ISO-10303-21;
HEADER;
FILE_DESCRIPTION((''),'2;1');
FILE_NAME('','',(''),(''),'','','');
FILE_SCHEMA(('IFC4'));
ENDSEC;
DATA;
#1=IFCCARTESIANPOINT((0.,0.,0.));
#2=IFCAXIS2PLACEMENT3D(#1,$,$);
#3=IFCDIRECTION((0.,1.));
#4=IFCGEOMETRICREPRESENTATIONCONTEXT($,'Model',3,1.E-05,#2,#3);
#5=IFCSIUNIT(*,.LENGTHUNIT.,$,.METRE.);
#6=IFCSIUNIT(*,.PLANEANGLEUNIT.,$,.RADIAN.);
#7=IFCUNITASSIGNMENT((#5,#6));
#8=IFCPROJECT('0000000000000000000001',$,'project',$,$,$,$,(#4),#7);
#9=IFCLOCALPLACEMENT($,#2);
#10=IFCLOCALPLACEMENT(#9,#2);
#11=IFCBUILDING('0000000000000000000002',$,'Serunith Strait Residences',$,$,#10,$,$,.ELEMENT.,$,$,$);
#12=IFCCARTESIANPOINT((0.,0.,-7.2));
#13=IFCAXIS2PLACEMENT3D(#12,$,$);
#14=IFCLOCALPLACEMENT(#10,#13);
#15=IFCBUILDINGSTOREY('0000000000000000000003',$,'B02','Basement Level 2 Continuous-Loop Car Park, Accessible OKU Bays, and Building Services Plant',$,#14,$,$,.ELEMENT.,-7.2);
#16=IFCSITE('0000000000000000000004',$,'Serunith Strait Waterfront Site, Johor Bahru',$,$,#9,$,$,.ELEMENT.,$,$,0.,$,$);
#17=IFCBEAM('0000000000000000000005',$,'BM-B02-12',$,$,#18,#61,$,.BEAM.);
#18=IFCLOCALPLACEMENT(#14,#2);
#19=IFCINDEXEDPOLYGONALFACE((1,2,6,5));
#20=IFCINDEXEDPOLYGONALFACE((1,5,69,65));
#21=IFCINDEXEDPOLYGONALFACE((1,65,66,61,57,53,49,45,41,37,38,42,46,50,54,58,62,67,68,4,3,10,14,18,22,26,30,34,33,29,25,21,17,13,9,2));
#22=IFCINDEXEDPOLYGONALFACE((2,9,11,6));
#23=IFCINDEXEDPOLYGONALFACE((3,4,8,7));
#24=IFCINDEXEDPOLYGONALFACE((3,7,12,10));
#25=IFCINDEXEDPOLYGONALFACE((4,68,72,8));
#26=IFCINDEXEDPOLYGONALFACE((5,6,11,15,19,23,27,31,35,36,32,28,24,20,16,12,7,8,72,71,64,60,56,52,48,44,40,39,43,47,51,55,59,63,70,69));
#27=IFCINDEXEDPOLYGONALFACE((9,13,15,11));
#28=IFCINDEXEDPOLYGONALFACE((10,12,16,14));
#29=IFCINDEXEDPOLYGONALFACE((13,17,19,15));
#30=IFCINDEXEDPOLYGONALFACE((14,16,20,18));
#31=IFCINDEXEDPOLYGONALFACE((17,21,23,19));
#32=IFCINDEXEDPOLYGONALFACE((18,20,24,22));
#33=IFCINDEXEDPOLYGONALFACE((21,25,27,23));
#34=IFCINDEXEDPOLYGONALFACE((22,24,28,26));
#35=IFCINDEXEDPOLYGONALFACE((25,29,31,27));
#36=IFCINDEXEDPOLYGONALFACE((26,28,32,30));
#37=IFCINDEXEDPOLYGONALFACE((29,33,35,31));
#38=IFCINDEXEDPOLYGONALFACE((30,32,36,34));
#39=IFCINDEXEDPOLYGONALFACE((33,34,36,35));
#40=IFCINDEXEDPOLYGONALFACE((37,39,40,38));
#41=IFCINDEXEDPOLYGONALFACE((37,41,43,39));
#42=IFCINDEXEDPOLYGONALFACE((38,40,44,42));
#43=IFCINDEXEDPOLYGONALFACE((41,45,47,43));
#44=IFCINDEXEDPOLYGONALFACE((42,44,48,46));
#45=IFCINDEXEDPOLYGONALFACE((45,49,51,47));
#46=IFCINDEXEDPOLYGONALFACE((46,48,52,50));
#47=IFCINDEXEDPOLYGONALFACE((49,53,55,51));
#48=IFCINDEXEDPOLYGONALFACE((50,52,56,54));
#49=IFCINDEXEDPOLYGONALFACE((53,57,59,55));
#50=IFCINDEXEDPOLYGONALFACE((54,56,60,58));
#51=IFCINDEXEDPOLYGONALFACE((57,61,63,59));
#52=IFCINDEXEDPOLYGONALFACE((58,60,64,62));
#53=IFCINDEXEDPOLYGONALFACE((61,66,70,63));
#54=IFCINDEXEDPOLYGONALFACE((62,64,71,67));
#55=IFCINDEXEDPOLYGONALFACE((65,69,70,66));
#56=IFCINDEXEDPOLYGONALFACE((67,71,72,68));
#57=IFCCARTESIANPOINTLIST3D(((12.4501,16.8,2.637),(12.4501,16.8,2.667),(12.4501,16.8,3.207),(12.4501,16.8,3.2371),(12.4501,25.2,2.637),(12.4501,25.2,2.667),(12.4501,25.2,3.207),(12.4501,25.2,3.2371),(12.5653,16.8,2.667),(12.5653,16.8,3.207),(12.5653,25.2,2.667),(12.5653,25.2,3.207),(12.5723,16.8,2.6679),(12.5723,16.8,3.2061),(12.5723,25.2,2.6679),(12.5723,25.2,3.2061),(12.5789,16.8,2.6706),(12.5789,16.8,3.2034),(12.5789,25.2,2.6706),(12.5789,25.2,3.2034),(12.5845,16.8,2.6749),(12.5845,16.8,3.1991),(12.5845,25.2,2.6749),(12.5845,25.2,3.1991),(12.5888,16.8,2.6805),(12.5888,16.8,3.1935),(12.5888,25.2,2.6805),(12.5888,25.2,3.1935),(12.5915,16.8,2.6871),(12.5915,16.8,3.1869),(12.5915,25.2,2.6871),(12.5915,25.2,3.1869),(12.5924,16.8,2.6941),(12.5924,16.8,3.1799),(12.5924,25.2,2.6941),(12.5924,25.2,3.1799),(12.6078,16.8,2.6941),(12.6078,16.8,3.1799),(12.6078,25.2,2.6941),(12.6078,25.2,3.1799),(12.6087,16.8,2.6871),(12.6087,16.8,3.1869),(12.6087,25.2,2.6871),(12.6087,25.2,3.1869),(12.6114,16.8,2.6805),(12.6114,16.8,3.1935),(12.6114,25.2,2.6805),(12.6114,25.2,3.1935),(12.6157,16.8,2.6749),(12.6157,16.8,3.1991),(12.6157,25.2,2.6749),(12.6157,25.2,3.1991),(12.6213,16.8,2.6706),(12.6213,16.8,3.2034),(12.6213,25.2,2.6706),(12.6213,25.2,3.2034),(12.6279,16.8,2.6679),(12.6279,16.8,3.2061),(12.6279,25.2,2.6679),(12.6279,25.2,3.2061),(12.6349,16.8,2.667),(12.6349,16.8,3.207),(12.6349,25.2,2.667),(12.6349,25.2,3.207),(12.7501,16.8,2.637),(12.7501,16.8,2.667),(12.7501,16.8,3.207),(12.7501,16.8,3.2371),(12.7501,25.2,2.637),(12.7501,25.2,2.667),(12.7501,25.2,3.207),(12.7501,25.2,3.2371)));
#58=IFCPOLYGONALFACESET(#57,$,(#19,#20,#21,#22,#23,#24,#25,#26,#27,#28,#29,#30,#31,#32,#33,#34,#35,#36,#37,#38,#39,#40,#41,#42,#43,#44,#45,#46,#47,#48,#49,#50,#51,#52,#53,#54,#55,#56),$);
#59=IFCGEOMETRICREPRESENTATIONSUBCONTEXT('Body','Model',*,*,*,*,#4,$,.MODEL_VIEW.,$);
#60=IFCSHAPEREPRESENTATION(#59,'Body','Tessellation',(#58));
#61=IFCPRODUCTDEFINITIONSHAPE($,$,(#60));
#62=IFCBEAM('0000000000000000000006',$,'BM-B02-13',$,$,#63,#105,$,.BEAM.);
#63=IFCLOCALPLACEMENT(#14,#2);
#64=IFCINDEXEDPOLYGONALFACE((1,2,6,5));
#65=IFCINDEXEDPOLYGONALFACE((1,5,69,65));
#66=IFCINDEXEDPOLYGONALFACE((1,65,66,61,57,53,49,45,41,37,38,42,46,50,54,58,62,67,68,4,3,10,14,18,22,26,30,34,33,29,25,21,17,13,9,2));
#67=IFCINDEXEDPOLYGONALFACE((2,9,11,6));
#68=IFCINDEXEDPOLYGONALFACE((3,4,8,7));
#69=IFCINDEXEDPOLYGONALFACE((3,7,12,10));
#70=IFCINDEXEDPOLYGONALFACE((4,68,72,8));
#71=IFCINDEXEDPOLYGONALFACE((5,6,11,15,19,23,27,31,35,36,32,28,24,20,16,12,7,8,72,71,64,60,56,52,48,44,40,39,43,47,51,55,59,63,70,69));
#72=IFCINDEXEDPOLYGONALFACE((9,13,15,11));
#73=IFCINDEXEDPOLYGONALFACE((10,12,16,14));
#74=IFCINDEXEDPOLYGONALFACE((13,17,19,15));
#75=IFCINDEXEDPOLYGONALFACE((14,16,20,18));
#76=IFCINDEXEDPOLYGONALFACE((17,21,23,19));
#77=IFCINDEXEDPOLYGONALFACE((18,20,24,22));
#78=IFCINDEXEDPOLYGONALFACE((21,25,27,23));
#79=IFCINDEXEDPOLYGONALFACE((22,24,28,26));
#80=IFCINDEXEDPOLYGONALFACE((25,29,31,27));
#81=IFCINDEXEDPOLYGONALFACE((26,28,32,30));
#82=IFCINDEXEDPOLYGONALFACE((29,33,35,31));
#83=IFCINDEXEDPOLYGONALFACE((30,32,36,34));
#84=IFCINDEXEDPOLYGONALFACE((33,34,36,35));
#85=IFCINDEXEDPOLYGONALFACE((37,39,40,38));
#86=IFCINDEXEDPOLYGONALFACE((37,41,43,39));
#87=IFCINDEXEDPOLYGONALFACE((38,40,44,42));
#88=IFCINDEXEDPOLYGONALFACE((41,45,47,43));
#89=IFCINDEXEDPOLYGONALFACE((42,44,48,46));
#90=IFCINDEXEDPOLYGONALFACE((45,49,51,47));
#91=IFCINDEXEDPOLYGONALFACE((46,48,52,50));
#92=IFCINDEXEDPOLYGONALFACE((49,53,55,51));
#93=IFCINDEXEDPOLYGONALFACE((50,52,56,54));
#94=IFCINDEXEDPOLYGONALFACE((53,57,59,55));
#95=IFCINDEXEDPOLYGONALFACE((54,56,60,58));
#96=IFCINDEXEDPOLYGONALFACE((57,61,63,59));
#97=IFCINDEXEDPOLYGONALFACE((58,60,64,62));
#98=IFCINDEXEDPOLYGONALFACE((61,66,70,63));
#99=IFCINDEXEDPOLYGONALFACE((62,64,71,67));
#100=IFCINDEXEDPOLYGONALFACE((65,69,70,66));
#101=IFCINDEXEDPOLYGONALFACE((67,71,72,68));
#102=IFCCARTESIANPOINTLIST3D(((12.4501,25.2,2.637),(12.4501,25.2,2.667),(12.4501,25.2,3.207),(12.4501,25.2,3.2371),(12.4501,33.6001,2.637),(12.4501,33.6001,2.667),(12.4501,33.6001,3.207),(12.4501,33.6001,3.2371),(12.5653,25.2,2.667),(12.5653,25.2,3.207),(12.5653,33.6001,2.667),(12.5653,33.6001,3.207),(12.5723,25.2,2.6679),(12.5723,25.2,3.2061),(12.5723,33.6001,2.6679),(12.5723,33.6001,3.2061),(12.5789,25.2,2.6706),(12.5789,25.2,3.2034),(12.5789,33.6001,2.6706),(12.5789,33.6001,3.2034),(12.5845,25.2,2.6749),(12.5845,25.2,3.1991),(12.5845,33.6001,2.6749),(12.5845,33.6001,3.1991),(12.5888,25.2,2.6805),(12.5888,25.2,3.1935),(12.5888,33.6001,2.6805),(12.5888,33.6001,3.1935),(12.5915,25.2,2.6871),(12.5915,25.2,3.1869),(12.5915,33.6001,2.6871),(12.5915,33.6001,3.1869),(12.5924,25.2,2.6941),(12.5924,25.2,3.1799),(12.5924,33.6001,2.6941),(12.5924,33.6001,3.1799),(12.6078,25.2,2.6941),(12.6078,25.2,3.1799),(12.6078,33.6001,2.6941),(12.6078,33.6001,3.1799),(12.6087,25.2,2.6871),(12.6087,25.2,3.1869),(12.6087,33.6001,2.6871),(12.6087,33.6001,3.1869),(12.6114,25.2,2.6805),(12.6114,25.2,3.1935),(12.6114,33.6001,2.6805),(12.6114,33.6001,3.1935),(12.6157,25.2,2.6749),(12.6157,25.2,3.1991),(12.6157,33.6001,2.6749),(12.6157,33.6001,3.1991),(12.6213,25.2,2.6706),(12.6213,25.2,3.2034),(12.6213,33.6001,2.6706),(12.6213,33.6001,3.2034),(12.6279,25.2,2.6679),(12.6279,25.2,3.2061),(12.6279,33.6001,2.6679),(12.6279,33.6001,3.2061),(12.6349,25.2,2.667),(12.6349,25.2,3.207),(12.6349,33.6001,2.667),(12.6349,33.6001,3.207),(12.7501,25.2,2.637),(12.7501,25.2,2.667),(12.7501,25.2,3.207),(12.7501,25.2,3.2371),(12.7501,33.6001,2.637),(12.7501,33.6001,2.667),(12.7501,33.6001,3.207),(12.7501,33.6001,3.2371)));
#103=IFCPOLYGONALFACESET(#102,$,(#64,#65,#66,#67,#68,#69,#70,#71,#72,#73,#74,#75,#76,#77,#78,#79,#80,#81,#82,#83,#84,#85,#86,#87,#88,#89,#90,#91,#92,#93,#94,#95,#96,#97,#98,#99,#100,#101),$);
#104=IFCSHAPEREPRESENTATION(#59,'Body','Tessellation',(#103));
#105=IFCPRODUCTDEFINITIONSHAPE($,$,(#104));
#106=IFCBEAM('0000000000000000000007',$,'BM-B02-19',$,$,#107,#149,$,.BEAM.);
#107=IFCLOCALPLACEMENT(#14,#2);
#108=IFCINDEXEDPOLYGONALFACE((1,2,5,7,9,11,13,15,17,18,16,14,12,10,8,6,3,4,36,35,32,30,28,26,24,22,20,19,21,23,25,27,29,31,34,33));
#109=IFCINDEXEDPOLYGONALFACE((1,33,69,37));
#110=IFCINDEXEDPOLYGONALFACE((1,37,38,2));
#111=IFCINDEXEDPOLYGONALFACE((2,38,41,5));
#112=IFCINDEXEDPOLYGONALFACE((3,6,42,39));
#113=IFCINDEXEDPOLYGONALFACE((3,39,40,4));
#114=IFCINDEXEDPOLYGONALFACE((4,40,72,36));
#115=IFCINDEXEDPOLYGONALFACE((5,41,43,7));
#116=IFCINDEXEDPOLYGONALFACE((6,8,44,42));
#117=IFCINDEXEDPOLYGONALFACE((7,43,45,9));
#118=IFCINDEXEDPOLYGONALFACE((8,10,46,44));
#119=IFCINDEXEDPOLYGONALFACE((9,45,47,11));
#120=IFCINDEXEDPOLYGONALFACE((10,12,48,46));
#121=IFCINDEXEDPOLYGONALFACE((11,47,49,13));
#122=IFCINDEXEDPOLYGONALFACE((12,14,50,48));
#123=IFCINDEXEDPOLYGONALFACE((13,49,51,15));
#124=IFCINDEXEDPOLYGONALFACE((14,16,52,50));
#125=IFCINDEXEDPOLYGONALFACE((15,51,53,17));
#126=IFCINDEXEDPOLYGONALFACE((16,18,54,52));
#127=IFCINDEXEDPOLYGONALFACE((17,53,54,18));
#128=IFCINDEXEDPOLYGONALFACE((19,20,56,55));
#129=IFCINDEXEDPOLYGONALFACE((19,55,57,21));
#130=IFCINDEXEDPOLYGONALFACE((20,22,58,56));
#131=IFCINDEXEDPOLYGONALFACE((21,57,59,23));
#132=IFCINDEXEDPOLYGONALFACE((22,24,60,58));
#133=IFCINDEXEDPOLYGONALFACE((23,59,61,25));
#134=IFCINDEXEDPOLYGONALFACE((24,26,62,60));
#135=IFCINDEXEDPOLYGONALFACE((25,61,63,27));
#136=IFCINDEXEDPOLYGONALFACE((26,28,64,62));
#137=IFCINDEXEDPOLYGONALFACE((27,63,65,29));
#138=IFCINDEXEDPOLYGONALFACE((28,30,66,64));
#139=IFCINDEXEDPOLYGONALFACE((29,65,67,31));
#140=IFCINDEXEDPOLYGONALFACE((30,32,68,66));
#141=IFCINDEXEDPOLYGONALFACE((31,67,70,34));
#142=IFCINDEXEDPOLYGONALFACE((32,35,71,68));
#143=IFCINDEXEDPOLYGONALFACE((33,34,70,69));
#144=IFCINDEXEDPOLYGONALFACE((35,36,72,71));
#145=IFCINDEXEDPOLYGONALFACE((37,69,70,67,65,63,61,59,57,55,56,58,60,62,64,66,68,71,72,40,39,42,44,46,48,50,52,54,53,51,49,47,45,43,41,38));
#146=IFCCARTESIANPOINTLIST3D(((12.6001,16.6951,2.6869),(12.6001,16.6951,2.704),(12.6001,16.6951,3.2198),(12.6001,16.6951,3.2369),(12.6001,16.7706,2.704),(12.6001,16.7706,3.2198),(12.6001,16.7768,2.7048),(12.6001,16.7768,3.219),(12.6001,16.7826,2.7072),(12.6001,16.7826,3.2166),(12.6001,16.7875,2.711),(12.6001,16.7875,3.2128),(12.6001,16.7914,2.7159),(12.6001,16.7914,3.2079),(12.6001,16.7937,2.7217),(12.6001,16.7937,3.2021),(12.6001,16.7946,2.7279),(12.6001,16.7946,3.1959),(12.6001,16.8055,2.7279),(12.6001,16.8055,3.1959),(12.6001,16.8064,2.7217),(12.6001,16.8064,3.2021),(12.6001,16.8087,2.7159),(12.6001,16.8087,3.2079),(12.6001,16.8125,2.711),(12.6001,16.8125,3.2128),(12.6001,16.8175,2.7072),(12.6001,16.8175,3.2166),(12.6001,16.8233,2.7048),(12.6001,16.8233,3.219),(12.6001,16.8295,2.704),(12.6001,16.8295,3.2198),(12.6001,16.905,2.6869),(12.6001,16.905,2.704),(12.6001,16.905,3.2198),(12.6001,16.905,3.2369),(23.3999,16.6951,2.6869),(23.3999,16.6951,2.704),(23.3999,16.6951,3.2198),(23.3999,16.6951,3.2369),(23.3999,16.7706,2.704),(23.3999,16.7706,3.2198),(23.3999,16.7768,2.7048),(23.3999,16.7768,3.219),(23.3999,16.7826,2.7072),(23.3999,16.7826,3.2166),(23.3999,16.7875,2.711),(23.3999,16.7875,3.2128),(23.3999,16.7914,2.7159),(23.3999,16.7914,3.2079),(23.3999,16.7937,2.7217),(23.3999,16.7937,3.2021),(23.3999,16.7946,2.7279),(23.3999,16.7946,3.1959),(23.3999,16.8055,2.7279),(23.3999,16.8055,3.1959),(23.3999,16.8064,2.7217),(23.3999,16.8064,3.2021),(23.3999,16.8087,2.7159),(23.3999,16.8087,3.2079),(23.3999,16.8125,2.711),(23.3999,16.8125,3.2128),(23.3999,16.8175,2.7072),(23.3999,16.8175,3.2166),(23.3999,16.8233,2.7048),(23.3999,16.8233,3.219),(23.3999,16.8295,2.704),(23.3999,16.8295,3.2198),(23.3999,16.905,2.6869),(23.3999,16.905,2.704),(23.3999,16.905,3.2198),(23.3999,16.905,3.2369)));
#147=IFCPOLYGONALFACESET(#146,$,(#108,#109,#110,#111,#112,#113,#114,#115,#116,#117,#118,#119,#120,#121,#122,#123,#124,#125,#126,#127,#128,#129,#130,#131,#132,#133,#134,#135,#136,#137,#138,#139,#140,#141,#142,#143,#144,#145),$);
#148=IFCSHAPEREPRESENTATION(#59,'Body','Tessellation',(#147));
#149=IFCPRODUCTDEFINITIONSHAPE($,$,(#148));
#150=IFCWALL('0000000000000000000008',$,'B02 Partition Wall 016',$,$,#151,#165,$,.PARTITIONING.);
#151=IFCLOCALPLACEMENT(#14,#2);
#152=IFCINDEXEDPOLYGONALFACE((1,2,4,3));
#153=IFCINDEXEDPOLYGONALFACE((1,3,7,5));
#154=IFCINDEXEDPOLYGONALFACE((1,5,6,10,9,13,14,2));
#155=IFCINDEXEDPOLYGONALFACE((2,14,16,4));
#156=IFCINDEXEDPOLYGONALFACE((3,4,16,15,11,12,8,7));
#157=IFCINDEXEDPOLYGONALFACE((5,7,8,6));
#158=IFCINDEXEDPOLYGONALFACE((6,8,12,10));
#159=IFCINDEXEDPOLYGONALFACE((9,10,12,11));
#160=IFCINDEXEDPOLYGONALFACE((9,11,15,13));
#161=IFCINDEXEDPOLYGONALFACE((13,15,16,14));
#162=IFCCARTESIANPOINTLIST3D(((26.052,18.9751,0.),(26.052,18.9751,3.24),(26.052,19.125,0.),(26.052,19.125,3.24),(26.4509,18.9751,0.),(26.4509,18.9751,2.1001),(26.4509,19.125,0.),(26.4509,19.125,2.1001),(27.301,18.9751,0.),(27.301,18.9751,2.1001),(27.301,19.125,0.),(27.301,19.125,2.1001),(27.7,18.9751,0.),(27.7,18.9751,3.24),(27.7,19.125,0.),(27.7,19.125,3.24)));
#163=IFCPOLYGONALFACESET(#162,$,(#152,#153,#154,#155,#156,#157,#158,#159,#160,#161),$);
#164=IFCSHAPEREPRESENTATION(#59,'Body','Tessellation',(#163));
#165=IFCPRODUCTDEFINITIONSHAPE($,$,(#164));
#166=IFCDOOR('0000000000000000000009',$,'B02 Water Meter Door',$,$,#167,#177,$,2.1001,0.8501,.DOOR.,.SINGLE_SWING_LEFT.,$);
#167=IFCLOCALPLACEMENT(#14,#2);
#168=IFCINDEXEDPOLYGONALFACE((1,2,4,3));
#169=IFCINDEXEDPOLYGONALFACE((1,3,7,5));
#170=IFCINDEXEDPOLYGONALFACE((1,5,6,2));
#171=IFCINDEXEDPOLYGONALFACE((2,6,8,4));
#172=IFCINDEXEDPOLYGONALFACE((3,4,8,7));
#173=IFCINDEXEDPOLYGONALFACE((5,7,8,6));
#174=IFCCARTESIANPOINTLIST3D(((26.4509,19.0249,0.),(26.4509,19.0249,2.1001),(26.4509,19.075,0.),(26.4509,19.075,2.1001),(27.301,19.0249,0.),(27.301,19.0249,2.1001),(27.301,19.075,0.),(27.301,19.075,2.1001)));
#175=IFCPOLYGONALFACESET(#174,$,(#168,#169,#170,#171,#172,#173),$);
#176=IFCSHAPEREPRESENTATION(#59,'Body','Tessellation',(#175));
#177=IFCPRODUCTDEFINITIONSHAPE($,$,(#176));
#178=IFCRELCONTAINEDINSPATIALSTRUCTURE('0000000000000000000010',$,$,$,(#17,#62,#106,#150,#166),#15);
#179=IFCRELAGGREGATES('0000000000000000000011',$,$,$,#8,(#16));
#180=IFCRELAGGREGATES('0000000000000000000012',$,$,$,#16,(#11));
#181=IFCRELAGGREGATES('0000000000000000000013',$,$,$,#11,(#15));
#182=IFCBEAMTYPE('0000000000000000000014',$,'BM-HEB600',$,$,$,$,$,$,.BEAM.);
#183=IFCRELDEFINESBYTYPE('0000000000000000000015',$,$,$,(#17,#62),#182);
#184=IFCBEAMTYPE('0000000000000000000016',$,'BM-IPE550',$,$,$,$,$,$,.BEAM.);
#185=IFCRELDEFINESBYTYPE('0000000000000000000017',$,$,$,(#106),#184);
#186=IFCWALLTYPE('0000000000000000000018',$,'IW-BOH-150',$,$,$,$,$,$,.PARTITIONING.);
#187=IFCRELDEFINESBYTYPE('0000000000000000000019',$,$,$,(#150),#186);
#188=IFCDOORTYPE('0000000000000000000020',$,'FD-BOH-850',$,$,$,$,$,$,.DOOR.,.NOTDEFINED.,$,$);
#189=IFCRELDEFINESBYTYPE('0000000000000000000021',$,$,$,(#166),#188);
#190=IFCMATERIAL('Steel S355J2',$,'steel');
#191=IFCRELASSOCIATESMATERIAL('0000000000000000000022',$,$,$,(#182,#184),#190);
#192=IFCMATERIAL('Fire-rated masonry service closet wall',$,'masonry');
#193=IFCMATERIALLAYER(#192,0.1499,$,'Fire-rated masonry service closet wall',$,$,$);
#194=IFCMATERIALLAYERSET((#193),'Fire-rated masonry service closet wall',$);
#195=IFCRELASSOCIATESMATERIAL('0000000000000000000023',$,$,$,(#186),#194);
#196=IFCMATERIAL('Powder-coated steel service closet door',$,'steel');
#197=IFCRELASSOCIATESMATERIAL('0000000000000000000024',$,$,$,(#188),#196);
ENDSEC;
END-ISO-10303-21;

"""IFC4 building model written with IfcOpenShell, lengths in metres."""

from ifc_helpers import new_model, si_unit, direction, frame, frame_2d, origin, origin_2d, place, context, subcontext, project, spatial, rectangle, i_section, extrude, source, transform, mapped, material, layer, layer_set, material_profile, profile_set, type_object, element, fill, save


model = new_model("IFC4")

# Units and contexts
model_context = context("Model", 3, precision=1e-05, world=origin(), true_north=direction((0.0, 1.0)))
body_context = subcontext(model_context, "Body", "Model", "MODEL_VIEW")
ifc_project = project(units=[si_unit("LENGTHUNIT", "METRE"), si_unit("PLANEANGLEUNIT", "RADIAN")], contexts=[model_context])

# Site, building, storey
site_placement = place(None, origin())
site = spatial("IfcSite", under=ifc_project, at=site_placement, Name="Serunith Strait Waterfront Site, Johor Bahru", CompositionType="ELEMENT", RefElevation=0.0)
building_placement = place(site_placement, origin())
building = spatial("IfcBuilding", under=site, at=building_placement, Name="Serunith Strait Residences", CompositionType="ELEMENT")
storey_placement = place(building_placement, frame((0.0, 0.0, -7.2)))
storey = spatial("IfcBuildingStorey", under=building, at=storey_placement, Name="B02", Description="Basement Level 2 Continuous-Loop Car Park, Accessible OKU Bays, and Building Services Plant", CompositionType="ELEMENT", Elevation=-7.2)

# Beams
ifc_material_1 = material(Name="Steel S355J2", Category="steel")
ifc_material_profile_1 = material_profile(ifc_material_1, i_section(OverallWidth=0.3, OverallDepth=0.6001, WebThickness=0.0154, FlangeThickness=0.03, FilletRadius=0.0271, at=origin_2d()), Name="HEB 600")
ifc_profile_set_1 = profile_set([ifc_material_profile_1], Name="Steel S355J2")
beam_type_1 = type_object("IfcBeamType", Name="BM-HEB600", PredefinedType="BEAM", material=ifc_profile_set_1)
shared_shape_1 = source(origin(), body_context, "Body", "SweptSolid", [
    extrude(i_section(OverallWidth=0.3, OverallDepth=0.6001, WebThickness=0.0154, FlangeThickness=0.03, FilletRadius=0.0271, at=origin_2d()), origin(), (0.0, 0.0, 1.0), 8.3999),
])
beam_1_placement = place(storey_placement, frame((12.6001, 16.8, 2.937), z_axis=(0.0, 1.0, 0.0), x_axis=(-1.0, 0.0, 0.0)))
element("IfcBeam", 1, at=beam_1_placement, inside=storey, type_object=beam_type_1, Name="BM-B02-12", PredefinedType="BEAM", context=body_context, shape_type="MappedRepresentation", body=[
    mapped(shared_shape_1, transform((0.0, 0.0, 0.0), scale=1.0)),
])
shared_shape_2 = source(origin(), body_context, "Body", "SweptSolid", [
    extrude(i_section(OverallWidth=0.3, OverallDepth=0.6001, WebThickness=0.0154, FlangeThickness=0.03, FilletRadius=0.0271, at=origin_2d()), origin(), (0.0, 0.0, 1.0), 8.4001),
])
beam_2_placement = place(storey_placement, frame((12.6001, 25.2, 2.937), z_axis=(0.0, 1.0, 0.0), x_axis=(-1.0, 0.0, 0.0)))
element("IfcBeam", 2, at=beam_2_placement, inside=storey, type_object=beam_type_1, Name="BM-B02-13", PredefinedType="BEAM", context=body_context, shape_type="MappedRepresentation", body=[
    mapped(shared_shape_2, transform((0.0, 0.0, 0.0), scale=1.0)),
])
ifc_material_profile_2 = material_profile(ifc_material_1, i_section(OverallWidth=0.21, OverallDepth=0.55, WebThickness=0.011, FlangeThickness=0.0171, FilletRadius=0.0239, at=origin_2d()), Name="IPE 550")
ifc_profile_set_2 = profile_set([ifc_material_profile_2], Name="Steel S355J2")
beam_type_2 = type_object("IfcBeamType", Name="BM-IPE550", PredefinedType="BEAM", material=ifc_profile_set_2)
shared_shape_3 = source(origin(), body_context, "Body", "SweptSolid", [
    extrude(i_section(OverallWidth=0.21, OverallDepth=0.55, WebThickness=0.011, FlangeThickness=0.0171, FilletRadius=0.0239, at=origin_2d()), origin(), (0.0, 0.0, 1.0), 10.7998),
])
beam_3_placement = place(storey_placement, frame((12.6001, 16.8, 2.9619), z_axis=(1.0, 0.0, 0.0), x_axis=(0.0, 1.0, 0.0)))
element("IfcBeam", 3, at=beam_3_placement, inside=storey, type_object=beam_type_2, Name="BM-B02-19", PredefinedType="BEAM", context=body_context, shape_type="MappedRepresentation", body=[
    mapped(shared_shape_3, transform((0.0, 0.0, 0.0), scale=1.0)),
])

# Wall, opening, door
ifc_material_2 = material(Name="Fire-rated masonry service closet wall", Category="masonry")
ifc_layer_1 = layer(ifc_material_2, 0.1499, Name="Fire-rated masonry service closet wall")
ifc_layer_set_1 = layer_set([ifc_layer_1], Name="Fire-rated masonry service closet wall")
wall_type_1 = type_object("IfcWallType", Name="IW-BOH-150", PredefinedType="PARTITIONING", material=ifc_layer_set_1)
wall_1_placement = place(storey_placement, frame((26.052, 19.05, 0.0), z_axis=(0.0, 0.0, 1.0), x_axis=(1.0, 0.0, 0.0)))
wall_1 = element("IfcWall", 4, at=wall_1_placement, inside=storey, type_object=wall_type_1, Name="B02 Partition Wall 016", PredefinedType="PARTITIONING", context=body_context, shape_type="SweptSolid", body=[
    extrude(rectangle(XDim=1.6479, YDim=0.1499, at=frame_2d((0.824, 0.0))), origin(), (0.0, 0.0, 1.0), 3.24),
])
opening_1_placement = place(wall_1_placement, frame((0.3989, 0.0, 0.0)))
opening_1 = element("IfcOpeningElement", 5, at=opening_1_placement, cuts=wall_1, PredefinedType="OPENING", context=body_context, shape_type="SweptSolid", body=[
    extrude(rectangle(XDim=0.8501, YDim=2.1001, at=frame_2d((0.425, 1.05))), frame((0.0, 0.085, 0.0), z_axis=(0.0, -1.0, 0.0), x_axis=(1.0, 0.0, 0.0)), (0.0, 0.0, 1.0), 0.1699),
])
ifc_material_3 = material(Name="Powder-coated steel service closet door", Category="steel")
door_type_1 = type_object("IfcDoorType", Name="FD-BOH-850", OperationType="NOTDEFINED", PredefinedType="DOOR", material=ifc_material_3)
shared_shape_4 = source(origin(), body_context, "Body", "SweptSolid", [
    extrude(rectangle(XDim=0.8501, YDim=2.1001, at=frame_2d((0.425, 1.05))), frame((0.0, 0.0249, 0.0), z_axis=(0.0, -1.0, 0.0), x_axis=(1.0, 0.0, 0.0)), (0.0, 0.0, 1.0), 0.05),
])
door_1_placement = place(opening_1_placement, origin())
door_1 = element("IfcDoor", 6, at=door_1_placement, inside=storey, type_object=door_type_1, Name="B02 Water Meter Door", OperationType="SINGLE_SWING_LEFT", OverallHeight=2.1001, OverallWidth=0.8501, PredefinedType="DOOR", context=body_context, shape_type="MappedRepresentation", body=[
    mapped(shared_shape_4, transform((0.0, 0.0, 0.0), scale=1.0)),
])
fill(opening_1, door_1)

save(model, "model.ifc")
